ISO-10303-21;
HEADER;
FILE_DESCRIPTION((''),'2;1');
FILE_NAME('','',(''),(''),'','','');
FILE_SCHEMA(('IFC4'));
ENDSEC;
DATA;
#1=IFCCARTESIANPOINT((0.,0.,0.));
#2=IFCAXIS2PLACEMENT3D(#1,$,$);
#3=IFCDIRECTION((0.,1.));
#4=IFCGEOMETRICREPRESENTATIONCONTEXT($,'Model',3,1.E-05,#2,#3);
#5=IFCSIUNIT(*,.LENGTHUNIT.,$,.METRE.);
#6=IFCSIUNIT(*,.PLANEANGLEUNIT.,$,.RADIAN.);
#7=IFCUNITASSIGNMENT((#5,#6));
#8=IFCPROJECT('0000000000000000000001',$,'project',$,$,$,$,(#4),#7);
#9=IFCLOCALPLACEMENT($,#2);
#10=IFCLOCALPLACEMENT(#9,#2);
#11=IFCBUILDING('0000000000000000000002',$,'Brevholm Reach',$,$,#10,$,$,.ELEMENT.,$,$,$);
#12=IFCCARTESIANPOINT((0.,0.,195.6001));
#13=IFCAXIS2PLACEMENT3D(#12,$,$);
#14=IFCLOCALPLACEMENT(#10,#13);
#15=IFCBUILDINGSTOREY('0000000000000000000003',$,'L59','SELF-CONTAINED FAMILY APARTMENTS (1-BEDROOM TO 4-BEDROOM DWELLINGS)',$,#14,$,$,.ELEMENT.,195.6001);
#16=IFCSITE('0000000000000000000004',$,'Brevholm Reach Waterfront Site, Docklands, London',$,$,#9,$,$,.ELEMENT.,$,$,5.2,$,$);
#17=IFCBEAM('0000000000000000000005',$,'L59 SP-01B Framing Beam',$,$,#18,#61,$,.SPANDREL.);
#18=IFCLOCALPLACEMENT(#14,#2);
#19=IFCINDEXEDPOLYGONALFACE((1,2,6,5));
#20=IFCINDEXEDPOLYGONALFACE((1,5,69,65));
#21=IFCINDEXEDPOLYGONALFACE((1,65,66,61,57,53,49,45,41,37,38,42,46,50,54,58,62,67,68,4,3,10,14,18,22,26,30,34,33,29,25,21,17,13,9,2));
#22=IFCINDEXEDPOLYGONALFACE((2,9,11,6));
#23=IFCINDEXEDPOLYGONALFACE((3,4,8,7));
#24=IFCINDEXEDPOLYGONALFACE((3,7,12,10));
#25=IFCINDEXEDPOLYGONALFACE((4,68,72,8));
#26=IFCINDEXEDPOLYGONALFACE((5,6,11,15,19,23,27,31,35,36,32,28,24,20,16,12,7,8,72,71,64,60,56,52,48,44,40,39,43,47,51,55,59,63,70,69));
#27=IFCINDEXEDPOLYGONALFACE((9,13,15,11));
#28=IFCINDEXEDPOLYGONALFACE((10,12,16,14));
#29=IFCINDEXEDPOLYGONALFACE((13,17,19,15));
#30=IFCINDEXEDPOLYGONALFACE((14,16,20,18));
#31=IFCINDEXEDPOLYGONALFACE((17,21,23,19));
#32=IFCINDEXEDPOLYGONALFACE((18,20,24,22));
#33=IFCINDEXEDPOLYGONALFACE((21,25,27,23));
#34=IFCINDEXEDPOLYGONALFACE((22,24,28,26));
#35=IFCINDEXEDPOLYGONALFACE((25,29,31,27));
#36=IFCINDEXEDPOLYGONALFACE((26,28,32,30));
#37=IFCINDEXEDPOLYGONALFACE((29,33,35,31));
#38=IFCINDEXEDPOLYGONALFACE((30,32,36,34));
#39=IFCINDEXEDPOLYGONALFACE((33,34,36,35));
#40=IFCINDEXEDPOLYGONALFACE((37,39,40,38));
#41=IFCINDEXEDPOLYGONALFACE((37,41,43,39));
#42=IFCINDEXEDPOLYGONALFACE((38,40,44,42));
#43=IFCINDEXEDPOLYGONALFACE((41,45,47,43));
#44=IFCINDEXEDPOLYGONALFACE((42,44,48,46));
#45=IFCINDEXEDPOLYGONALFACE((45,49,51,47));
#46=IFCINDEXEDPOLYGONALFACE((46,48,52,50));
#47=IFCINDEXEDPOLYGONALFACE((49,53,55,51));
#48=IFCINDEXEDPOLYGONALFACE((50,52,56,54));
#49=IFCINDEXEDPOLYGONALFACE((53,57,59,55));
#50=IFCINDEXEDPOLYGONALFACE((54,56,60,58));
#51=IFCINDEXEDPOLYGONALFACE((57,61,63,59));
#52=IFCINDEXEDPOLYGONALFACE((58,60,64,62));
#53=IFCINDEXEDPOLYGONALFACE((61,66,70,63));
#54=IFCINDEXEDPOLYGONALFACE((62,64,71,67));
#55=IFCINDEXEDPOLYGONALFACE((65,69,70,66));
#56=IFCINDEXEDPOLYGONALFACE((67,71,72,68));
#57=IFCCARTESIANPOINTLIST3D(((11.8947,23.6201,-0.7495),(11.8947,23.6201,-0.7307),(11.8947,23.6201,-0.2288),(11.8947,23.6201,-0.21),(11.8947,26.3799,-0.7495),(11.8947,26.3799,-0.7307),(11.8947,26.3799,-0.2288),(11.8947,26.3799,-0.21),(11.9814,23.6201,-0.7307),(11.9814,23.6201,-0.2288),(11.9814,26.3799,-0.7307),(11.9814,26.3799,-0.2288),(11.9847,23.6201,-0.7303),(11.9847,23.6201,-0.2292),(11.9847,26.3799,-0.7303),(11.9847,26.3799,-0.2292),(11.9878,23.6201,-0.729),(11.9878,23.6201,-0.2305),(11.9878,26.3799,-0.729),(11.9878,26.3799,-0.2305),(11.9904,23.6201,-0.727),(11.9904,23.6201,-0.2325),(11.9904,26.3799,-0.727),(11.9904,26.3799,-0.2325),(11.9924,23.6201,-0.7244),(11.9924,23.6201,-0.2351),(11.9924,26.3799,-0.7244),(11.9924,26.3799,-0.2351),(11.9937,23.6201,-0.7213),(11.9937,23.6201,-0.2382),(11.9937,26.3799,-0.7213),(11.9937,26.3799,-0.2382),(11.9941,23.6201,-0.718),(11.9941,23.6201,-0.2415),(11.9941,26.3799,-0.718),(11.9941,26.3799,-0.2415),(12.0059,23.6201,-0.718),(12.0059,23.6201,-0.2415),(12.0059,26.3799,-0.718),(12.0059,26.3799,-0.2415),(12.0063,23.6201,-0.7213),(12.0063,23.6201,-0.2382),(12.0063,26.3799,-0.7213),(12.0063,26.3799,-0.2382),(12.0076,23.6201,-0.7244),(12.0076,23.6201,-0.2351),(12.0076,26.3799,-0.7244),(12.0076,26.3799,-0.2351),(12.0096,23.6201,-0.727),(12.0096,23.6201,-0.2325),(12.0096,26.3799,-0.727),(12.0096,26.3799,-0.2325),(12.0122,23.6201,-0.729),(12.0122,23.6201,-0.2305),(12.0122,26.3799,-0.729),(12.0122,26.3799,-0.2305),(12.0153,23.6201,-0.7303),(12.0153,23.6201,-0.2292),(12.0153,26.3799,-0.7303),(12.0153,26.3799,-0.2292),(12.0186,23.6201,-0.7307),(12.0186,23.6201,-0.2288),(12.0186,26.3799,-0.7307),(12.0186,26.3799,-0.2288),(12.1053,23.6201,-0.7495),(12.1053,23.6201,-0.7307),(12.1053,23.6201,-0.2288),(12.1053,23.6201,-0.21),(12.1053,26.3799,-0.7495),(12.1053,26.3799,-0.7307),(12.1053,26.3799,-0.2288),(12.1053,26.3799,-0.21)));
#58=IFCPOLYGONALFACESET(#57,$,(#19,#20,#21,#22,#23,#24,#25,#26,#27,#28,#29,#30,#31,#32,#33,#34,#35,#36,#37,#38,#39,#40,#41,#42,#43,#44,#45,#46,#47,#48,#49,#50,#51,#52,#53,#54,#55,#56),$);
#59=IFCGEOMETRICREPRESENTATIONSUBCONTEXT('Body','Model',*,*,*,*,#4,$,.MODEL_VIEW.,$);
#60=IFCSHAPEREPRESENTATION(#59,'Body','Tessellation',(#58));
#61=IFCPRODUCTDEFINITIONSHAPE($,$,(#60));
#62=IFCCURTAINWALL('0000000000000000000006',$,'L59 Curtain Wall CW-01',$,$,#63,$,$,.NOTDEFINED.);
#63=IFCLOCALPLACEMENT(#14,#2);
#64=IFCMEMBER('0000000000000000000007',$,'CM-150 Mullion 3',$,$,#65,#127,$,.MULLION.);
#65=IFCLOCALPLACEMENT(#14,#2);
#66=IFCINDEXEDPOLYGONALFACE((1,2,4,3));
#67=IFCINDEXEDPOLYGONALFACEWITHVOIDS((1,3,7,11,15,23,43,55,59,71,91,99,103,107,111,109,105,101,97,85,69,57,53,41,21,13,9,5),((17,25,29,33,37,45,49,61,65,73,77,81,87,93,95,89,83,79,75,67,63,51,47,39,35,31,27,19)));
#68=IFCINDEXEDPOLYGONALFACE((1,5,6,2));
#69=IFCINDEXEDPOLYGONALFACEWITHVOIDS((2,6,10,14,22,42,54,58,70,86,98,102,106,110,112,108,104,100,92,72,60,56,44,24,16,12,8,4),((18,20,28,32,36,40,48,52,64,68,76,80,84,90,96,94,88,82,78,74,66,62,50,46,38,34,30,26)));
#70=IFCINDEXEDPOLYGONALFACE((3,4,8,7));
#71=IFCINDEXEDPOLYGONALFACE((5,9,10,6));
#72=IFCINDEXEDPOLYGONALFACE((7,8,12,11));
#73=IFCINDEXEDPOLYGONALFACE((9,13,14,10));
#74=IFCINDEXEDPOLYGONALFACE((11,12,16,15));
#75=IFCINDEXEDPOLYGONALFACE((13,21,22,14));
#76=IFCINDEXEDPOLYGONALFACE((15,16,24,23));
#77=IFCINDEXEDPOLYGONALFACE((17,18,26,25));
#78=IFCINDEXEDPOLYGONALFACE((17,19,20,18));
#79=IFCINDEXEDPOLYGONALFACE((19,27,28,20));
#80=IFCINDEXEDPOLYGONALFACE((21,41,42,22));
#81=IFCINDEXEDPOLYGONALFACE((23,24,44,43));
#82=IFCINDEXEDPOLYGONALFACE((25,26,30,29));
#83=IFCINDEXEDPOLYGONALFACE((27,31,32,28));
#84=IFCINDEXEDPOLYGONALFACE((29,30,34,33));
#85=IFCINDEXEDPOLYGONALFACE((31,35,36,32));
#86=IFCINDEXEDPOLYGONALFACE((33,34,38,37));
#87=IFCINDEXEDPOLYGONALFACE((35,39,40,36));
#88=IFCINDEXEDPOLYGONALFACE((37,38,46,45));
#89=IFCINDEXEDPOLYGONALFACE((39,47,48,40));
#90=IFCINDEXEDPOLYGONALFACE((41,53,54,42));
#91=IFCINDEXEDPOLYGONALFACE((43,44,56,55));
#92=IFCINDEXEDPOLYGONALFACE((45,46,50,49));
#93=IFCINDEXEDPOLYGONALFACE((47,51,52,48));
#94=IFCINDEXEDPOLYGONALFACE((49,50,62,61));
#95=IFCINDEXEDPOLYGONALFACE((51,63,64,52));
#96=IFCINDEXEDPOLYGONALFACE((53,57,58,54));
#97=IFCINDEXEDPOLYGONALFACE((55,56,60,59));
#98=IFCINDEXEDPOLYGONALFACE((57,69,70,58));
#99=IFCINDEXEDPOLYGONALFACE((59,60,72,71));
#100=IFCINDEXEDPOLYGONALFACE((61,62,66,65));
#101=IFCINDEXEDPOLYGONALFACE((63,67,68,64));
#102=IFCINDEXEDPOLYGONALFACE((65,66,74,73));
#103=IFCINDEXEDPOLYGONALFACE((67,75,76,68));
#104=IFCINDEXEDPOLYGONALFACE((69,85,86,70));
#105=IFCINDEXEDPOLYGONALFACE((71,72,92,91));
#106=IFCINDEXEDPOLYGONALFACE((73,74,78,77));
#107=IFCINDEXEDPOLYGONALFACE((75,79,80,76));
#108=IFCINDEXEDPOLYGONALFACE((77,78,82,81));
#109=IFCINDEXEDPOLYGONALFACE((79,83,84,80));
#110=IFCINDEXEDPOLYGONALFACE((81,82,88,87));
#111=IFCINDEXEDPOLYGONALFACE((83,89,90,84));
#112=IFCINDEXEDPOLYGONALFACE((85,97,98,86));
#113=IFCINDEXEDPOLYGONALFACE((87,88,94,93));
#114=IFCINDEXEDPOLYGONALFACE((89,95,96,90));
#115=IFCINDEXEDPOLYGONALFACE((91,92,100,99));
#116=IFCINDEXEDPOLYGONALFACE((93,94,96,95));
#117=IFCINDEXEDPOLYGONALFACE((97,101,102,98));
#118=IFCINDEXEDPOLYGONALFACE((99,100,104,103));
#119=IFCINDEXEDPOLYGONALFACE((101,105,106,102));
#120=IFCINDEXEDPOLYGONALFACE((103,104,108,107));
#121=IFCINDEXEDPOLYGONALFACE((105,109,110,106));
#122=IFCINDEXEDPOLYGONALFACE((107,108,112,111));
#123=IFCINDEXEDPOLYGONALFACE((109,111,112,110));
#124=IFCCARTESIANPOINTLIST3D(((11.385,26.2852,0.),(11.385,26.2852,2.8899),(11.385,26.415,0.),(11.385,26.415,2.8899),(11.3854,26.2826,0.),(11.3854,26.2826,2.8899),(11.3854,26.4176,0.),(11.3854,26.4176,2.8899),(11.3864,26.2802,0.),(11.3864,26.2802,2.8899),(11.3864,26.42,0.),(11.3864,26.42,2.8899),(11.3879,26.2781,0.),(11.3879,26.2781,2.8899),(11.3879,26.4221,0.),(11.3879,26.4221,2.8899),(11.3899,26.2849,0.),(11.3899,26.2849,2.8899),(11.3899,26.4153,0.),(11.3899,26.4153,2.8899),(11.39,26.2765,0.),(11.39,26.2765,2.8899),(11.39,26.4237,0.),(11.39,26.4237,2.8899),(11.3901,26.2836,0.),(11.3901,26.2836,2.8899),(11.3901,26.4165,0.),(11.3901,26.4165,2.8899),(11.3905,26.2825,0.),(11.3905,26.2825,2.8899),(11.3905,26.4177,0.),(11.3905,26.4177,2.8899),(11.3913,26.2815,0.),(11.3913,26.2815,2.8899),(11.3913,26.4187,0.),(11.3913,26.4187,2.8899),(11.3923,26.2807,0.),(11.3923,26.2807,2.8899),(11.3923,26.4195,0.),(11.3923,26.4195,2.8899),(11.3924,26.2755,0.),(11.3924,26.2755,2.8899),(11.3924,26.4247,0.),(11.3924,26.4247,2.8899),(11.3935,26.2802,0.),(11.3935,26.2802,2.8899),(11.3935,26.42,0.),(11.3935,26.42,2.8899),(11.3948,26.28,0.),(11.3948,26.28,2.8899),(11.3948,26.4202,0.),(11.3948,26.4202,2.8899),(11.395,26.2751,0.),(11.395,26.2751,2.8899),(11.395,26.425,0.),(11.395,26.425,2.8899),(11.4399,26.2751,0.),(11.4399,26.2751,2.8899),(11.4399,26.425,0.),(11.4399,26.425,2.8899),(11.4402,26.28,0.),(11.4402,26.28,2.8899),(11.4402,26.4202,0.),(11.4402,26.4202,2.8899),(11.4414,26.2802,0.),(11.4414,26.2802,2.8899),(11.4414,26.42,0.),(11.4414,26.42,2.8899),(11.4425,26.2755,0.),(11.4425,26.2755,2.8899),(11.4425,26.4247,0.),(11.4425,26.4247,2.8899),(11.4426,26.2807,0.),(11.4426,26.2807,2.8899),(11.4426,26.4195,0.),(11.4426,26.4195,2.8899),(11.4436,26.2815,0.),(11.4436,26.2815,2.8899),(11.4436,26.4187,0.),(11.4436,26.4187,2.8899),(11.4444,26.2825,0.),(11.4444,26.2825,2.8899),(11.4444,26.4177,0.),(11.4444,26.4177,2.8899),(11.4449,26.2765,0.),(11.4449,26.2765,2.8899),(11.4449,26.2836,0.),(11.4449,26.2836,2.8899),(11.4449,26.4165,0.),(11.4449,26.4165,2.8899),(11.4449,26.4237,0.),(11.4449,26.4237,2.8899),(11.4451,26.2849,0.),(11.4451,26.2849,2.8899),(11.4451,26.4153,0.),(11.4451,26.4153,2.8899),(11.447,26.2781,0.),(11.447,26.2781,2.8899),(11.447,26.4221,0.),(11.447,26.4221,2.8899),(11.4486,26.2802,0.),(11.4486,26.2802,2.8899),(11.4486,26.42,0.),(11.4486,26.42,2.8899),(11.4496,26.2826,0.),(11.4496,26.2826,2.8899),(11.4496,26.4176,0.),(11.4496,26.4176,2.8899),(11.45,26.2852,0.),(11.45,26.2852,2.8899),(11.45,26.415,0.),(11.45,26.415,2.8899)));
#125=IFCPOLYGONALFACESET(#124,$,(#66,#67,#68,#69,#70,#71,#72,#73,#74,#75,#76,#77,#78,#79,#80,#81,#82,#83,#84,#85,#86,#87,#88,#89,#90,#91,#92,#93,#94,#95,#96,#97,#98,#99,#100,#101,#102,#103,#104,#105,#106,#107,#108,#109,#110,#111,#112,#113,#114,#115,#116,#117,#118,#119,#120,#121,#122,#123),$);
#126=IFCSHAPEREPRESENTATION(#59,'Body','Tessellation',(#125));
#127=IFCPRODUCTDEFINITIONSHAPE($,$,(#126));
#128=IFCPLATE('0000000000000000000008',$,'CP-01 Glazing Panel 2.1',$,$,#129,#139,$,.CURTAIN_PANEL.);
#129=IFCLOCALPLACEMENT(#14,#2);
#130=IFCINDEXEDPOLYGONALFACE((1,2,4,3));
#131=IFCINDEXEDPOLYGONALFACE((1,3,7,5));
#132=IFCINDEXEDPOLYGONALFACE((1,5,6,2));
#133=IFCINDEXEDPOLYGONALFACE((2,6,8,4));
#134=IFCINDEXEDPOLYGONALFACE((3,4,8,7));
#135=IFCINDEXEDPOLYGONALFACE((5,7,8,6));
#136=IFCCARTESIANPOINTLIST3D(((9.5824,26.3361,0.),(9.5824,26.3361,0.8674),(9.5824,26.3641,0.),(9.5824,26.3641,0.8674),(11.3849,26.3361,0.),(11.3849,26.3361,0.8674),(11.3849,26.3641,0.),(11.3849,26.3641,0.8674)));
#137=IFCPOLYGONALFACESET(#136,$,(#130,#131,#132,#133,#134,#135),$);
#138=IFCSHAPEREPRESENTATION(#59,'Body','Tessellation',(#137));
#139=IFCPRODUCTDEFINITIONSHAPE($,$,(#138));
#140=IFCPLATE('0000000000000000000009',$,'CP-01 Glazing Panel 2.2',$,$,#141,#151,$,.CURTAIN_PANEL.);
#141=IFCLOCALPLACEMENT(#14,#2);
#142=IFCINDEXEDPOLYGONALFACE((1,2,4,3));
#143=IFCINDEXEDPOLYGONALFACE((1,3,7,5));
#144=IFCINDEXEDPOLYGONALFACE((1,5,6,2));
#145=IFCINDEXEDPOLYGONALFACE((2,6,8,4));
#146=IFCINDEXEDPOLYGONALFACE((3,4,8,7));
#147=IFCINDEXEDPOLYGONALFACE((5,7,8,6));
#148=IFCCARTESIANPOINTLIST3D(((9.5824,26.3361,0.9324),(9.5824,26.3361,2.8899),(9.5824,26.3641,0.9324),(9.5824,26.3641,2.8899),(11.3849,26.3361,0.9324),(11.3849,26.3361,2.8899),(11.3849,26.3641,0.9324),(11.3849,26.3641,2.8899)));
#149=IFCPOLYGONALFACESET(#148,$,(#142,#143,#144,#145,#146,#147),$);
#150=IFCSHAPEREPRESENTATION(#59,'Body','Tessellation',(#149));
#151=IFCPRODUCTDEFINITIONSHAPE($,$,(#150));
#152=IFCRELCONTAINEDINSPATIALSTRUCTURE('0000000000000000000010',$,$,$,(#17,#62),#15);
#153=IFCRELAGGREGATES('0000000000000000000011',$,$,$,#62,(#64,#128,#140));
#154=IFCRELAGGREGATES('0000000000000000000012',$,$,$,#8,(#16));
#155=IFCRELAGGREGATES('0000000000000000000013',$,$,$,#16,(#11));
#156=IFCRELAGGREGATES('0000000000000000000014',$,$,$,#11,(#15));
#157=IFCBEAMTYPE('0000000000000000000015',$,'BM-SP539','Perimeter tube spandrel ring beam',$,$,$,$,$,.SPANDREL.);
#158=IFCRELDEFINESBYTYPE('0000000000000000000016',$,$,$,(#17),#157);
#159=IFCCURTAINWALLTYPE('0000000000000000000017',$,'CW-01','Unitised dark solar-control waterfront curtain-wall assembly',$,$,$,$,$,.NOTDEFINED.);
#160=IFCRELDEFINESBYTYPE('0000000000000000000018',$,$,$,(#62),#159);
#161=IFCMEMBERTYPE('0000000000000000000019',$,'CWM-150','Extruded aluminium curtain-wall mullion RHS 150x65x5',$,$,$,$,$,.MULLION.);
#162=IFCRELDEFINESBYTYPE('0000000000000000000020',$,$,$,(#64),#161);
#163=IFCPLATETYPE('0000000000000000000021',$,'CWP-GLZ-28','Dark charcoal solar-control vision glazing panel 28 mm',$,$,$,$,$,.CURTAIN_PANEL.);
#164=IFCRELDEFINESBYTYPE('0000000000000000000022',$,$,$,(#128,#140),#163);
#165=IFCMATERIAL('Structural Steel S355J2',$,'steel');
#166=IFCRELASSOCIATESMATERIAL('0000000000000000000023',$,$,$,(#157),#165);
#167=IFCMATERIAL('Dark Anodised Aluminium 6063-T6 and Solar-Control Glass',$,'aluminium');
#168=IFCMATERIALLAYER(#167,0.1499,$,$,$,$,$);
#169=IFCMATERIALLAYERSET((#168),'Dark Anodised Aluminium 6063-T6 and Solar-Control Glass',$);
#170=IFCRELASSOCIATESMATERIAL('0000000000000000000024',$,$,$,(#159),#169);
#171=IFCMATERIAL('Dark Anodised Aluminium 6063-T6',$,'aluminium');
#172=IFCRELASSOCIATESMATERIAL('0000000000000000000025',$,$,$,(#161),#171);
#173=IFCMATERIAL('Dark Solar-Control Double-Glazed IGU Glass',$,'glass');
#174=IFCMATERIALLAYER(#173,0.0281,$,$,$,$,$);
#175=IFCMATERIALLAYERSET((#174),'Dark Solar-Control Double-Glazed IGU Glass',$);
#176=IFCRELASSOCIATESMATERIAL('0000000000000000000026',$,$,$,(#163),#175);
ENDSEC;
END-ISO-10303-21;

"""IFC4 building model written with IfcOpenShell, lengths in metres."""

from ifc_helpers import new_model, si_unit, direction, frame, origin, origin_2d, place, context, subcontext, project, spatial, rectangle, hollow_rectangle, i_section, extrude, material, layer, layer_set, material_profile, profile_set, type_object, element, aggregate, save


model = new_model("IFC4")

# Units and contexts
model_context = context("Model", 3, precision=1e-05, world=origin(), true_north=direction((0.0, 1.0)))
body_context = subcontext(model_context, "Body", "Model", "MODEL_VIEW")
ifc_project = project(units=[si_unit("LENGTHUNIT", "METRE"), si_unit("PLANEANGLEUNIT", "RADIAN")], contexts=[model_context])

# Site, building, storey
site_placement = place(None, origin())
site = spatial("IfcSite", under=ifc_project, at=site_placement, Name="Brevholm Reach Waterfront Site, Docklands, London", CompositionType="ELEMENT", RefElevation=5.2)
building_placement = place(site_placement, origin())
building = spatial("IfcBuilding", under=site, at=building_placement, Name="Brevholm Reach", CompositionType="ELEMENT")
storey_placement = place(building_placement, frame((0.0, 0.0, 195.6001)))
storey = spatial("IfcBuildingStorey", under=building, at=storey_placement, Name="L59", Description="SELF-CONTAINED FAMILY APARTMENTS (1-BEDROOM TO 4-BEDROOM DWELLINGS)", CompositionType="ELEMENT", Elevation=195.6001)

# Beam
ifc_material_1 = material(Name="Structural Steel S355J2", Category="steel")
ifc_material_profile_1 = material_profile(ifc_material_1, i_section(OverallWidth=0.2107, OverallDepth=0.5396, WebThickness=0.0117, FlangeThickness=0.0188, FilletRadius=0.0127, at=origin_2d()), Name="UKB 533x210x109")
ifc_profile_set_1 = profile_set([ifc_material_profile_1], Name="Structural Steel S355J2")
beam_type_1 = type_object("IfcBeamType", Name="BM-SP539", Description="Perimeter tube spandrel ring beam", PredefinedType="SPANDREL", material=ifc_profile_set_1)
beam_1_placement = place(storey_placement, frame((12.0, 23.6201, -0.4797), z_axis=(0.0, 1.0, 0.0), x_axis=(-1.0, 0.0, 0.0)))
element("IfcBeam", 1, at=beam_1_placement, inside=storey, type_object=beam_type_1, Name="L59 SP-01B Framing Beam", PredefinedType="SPANDREL", context=body_context, shape_type="SweptSolid", body=[
    extrude(i_section(OverallWidth=0.2107, OverallDepth=0.5396, WebThickness=0.0117, FlangeThickness=0.0188, FilletRadius=0.0127, at=origin_2d()), origin(), (0.0, 0.0, 1.0), 2.7598),
])

# Curtain wall, member, plates
ifc_material_2 = material(Name="Dark Anodised Aluminium 6063-T6 and Solar-Control Glass", Category="aluminium")
ifc_layer_1 = layer(ifc_material_2, 0.1499)
ifc_layer_set_1 = layer_set([ifc_layer_1], Name="Dark Anodised Aluminium 6063-T6 and Solar-Control Glass")
curtain_wall_type = type_object("IfcCurtainWallType", Name="CW-01", Description="Unitised dark solar-control waterfront curtain-wall assembly", PredefinedType="NOTDEFINED", material=ifc_layer_set_1)
curtain_wall_placement = place(storey_placement, origin())
curtain_wall = element("IfcCurtainWall", 2, at=curtain_wall_placement, inside=storey, type_object=curtain_wall_type, Name="L59 Curtain Wall CW-01", PredefinedType="NOTDEFINED")
ifc_material_3 = material(Name="Dark Anodised Aluminium 6063-T6", Category="aluminium")
ifc_material_profile_2 = material_profile(ifc_material_3, hollow_rectangle(XDim=0.0649, YDim=0.1499, WallThickness=0.0049, InnerFilletRadius=0.0049, OuterFilletRadius=0.01, at=origin_2d()), Name="RHS 150x65x5")
ifc_profile_set_2 = profile_set([ifc_material_profile_2], Name="Dark Anodised Aluminium 6063-T6")
member_type = type_object("IfcMemberType", Name="CWM-150", Description="Extruded aluminium curtain-wall mullion RHS 150x65x5", PredefinedType="MULLION", material=ifc_profile_set_2)
member_placement = place(storey_placement, frame((11.4175, 26.3501, 0.0), z_axis=(0.0, 0.0, 1.0), x_axis=(1.0, 0.0, 0.0)))
member = element("IfcMember", 3, at=member_placement, type_object=member_type, Name="CM-150 Mullion 3", PredefinedType="MULLION", context=body_context, shape_type="SweptSolid", body=[
    extrude(hollow_rectangle(XDim=0.0649, YDim=0.1499, WallThickness=0.0049, InnerFilletRadius=0.0049, OuterFilletRadius=0.01, at=origin_2d()), origin(), (0.0, 0.0, 1.0), 2.8899),
])
ifc_material_4 = material(Name="Dark Solar-Control Double-Glazed IGU Glass", Category="glass")
ifc_layer_2 = layer(ifc_material_4, 0.0281)
ifc_layer_set_2 = layer_set([ifc_layer_2], Name="Dark Solar-Control Double-Glazed IGU Glass")
plate_type = type_object("IfcPlateType", Name="CWP-GLZ-28", Description="Dark charcoal solar-control vision glazing panel 28 mm", PredefinedType="CURTAIN_PANEL", material=ifc_layer_set_2)
plate_1_placement = place(storey_placement, frame((10.4836, 26.3501, 0.0), z_axis=(0.0, 0.0, 1.0), x_axis=(1.0, 0.0, 0.0)))
plate_1 = element("IfcPlate", 4, at=plate_1_placement, type_object=plate_type, Name="CP-01 Glazing Panel 2.1", PredefinedType="CURTAIN_PANEL", context=body_context, shape_type="SweptSolid", body=[
    extrude(rectangle(XDim=1.8025, YDim=0.0281, at=origin_2d()), origin(), (0.0, 0.0, 1.0), 0.8674),
])
plate_2_placement = place(storey_placement, frame((10.4836, 26.3501, 0.9324), z_axis=(0.0, 0.0, 1.0), x_axis=(1.0, 0.0, 0.0)))
plate_2 = element("IfcPlate", 5, at=plate_2_placement, type_object=plate_type, Name="CP-01 Glazing Panel 2.2", PredefinedType="CURTAIN_PANEL", context=body_context, shape_type="SweptSolid", body=[
    extrude(rectangle(XDim=1.8025, YDim=0.0281, at=origin_2d()), origin(), (0.0, 0.0, 1.0), 1.9575),
])
aggregate(curtain_wall, [member, plate_1, plate_2])

save(model, "model.ifc")
